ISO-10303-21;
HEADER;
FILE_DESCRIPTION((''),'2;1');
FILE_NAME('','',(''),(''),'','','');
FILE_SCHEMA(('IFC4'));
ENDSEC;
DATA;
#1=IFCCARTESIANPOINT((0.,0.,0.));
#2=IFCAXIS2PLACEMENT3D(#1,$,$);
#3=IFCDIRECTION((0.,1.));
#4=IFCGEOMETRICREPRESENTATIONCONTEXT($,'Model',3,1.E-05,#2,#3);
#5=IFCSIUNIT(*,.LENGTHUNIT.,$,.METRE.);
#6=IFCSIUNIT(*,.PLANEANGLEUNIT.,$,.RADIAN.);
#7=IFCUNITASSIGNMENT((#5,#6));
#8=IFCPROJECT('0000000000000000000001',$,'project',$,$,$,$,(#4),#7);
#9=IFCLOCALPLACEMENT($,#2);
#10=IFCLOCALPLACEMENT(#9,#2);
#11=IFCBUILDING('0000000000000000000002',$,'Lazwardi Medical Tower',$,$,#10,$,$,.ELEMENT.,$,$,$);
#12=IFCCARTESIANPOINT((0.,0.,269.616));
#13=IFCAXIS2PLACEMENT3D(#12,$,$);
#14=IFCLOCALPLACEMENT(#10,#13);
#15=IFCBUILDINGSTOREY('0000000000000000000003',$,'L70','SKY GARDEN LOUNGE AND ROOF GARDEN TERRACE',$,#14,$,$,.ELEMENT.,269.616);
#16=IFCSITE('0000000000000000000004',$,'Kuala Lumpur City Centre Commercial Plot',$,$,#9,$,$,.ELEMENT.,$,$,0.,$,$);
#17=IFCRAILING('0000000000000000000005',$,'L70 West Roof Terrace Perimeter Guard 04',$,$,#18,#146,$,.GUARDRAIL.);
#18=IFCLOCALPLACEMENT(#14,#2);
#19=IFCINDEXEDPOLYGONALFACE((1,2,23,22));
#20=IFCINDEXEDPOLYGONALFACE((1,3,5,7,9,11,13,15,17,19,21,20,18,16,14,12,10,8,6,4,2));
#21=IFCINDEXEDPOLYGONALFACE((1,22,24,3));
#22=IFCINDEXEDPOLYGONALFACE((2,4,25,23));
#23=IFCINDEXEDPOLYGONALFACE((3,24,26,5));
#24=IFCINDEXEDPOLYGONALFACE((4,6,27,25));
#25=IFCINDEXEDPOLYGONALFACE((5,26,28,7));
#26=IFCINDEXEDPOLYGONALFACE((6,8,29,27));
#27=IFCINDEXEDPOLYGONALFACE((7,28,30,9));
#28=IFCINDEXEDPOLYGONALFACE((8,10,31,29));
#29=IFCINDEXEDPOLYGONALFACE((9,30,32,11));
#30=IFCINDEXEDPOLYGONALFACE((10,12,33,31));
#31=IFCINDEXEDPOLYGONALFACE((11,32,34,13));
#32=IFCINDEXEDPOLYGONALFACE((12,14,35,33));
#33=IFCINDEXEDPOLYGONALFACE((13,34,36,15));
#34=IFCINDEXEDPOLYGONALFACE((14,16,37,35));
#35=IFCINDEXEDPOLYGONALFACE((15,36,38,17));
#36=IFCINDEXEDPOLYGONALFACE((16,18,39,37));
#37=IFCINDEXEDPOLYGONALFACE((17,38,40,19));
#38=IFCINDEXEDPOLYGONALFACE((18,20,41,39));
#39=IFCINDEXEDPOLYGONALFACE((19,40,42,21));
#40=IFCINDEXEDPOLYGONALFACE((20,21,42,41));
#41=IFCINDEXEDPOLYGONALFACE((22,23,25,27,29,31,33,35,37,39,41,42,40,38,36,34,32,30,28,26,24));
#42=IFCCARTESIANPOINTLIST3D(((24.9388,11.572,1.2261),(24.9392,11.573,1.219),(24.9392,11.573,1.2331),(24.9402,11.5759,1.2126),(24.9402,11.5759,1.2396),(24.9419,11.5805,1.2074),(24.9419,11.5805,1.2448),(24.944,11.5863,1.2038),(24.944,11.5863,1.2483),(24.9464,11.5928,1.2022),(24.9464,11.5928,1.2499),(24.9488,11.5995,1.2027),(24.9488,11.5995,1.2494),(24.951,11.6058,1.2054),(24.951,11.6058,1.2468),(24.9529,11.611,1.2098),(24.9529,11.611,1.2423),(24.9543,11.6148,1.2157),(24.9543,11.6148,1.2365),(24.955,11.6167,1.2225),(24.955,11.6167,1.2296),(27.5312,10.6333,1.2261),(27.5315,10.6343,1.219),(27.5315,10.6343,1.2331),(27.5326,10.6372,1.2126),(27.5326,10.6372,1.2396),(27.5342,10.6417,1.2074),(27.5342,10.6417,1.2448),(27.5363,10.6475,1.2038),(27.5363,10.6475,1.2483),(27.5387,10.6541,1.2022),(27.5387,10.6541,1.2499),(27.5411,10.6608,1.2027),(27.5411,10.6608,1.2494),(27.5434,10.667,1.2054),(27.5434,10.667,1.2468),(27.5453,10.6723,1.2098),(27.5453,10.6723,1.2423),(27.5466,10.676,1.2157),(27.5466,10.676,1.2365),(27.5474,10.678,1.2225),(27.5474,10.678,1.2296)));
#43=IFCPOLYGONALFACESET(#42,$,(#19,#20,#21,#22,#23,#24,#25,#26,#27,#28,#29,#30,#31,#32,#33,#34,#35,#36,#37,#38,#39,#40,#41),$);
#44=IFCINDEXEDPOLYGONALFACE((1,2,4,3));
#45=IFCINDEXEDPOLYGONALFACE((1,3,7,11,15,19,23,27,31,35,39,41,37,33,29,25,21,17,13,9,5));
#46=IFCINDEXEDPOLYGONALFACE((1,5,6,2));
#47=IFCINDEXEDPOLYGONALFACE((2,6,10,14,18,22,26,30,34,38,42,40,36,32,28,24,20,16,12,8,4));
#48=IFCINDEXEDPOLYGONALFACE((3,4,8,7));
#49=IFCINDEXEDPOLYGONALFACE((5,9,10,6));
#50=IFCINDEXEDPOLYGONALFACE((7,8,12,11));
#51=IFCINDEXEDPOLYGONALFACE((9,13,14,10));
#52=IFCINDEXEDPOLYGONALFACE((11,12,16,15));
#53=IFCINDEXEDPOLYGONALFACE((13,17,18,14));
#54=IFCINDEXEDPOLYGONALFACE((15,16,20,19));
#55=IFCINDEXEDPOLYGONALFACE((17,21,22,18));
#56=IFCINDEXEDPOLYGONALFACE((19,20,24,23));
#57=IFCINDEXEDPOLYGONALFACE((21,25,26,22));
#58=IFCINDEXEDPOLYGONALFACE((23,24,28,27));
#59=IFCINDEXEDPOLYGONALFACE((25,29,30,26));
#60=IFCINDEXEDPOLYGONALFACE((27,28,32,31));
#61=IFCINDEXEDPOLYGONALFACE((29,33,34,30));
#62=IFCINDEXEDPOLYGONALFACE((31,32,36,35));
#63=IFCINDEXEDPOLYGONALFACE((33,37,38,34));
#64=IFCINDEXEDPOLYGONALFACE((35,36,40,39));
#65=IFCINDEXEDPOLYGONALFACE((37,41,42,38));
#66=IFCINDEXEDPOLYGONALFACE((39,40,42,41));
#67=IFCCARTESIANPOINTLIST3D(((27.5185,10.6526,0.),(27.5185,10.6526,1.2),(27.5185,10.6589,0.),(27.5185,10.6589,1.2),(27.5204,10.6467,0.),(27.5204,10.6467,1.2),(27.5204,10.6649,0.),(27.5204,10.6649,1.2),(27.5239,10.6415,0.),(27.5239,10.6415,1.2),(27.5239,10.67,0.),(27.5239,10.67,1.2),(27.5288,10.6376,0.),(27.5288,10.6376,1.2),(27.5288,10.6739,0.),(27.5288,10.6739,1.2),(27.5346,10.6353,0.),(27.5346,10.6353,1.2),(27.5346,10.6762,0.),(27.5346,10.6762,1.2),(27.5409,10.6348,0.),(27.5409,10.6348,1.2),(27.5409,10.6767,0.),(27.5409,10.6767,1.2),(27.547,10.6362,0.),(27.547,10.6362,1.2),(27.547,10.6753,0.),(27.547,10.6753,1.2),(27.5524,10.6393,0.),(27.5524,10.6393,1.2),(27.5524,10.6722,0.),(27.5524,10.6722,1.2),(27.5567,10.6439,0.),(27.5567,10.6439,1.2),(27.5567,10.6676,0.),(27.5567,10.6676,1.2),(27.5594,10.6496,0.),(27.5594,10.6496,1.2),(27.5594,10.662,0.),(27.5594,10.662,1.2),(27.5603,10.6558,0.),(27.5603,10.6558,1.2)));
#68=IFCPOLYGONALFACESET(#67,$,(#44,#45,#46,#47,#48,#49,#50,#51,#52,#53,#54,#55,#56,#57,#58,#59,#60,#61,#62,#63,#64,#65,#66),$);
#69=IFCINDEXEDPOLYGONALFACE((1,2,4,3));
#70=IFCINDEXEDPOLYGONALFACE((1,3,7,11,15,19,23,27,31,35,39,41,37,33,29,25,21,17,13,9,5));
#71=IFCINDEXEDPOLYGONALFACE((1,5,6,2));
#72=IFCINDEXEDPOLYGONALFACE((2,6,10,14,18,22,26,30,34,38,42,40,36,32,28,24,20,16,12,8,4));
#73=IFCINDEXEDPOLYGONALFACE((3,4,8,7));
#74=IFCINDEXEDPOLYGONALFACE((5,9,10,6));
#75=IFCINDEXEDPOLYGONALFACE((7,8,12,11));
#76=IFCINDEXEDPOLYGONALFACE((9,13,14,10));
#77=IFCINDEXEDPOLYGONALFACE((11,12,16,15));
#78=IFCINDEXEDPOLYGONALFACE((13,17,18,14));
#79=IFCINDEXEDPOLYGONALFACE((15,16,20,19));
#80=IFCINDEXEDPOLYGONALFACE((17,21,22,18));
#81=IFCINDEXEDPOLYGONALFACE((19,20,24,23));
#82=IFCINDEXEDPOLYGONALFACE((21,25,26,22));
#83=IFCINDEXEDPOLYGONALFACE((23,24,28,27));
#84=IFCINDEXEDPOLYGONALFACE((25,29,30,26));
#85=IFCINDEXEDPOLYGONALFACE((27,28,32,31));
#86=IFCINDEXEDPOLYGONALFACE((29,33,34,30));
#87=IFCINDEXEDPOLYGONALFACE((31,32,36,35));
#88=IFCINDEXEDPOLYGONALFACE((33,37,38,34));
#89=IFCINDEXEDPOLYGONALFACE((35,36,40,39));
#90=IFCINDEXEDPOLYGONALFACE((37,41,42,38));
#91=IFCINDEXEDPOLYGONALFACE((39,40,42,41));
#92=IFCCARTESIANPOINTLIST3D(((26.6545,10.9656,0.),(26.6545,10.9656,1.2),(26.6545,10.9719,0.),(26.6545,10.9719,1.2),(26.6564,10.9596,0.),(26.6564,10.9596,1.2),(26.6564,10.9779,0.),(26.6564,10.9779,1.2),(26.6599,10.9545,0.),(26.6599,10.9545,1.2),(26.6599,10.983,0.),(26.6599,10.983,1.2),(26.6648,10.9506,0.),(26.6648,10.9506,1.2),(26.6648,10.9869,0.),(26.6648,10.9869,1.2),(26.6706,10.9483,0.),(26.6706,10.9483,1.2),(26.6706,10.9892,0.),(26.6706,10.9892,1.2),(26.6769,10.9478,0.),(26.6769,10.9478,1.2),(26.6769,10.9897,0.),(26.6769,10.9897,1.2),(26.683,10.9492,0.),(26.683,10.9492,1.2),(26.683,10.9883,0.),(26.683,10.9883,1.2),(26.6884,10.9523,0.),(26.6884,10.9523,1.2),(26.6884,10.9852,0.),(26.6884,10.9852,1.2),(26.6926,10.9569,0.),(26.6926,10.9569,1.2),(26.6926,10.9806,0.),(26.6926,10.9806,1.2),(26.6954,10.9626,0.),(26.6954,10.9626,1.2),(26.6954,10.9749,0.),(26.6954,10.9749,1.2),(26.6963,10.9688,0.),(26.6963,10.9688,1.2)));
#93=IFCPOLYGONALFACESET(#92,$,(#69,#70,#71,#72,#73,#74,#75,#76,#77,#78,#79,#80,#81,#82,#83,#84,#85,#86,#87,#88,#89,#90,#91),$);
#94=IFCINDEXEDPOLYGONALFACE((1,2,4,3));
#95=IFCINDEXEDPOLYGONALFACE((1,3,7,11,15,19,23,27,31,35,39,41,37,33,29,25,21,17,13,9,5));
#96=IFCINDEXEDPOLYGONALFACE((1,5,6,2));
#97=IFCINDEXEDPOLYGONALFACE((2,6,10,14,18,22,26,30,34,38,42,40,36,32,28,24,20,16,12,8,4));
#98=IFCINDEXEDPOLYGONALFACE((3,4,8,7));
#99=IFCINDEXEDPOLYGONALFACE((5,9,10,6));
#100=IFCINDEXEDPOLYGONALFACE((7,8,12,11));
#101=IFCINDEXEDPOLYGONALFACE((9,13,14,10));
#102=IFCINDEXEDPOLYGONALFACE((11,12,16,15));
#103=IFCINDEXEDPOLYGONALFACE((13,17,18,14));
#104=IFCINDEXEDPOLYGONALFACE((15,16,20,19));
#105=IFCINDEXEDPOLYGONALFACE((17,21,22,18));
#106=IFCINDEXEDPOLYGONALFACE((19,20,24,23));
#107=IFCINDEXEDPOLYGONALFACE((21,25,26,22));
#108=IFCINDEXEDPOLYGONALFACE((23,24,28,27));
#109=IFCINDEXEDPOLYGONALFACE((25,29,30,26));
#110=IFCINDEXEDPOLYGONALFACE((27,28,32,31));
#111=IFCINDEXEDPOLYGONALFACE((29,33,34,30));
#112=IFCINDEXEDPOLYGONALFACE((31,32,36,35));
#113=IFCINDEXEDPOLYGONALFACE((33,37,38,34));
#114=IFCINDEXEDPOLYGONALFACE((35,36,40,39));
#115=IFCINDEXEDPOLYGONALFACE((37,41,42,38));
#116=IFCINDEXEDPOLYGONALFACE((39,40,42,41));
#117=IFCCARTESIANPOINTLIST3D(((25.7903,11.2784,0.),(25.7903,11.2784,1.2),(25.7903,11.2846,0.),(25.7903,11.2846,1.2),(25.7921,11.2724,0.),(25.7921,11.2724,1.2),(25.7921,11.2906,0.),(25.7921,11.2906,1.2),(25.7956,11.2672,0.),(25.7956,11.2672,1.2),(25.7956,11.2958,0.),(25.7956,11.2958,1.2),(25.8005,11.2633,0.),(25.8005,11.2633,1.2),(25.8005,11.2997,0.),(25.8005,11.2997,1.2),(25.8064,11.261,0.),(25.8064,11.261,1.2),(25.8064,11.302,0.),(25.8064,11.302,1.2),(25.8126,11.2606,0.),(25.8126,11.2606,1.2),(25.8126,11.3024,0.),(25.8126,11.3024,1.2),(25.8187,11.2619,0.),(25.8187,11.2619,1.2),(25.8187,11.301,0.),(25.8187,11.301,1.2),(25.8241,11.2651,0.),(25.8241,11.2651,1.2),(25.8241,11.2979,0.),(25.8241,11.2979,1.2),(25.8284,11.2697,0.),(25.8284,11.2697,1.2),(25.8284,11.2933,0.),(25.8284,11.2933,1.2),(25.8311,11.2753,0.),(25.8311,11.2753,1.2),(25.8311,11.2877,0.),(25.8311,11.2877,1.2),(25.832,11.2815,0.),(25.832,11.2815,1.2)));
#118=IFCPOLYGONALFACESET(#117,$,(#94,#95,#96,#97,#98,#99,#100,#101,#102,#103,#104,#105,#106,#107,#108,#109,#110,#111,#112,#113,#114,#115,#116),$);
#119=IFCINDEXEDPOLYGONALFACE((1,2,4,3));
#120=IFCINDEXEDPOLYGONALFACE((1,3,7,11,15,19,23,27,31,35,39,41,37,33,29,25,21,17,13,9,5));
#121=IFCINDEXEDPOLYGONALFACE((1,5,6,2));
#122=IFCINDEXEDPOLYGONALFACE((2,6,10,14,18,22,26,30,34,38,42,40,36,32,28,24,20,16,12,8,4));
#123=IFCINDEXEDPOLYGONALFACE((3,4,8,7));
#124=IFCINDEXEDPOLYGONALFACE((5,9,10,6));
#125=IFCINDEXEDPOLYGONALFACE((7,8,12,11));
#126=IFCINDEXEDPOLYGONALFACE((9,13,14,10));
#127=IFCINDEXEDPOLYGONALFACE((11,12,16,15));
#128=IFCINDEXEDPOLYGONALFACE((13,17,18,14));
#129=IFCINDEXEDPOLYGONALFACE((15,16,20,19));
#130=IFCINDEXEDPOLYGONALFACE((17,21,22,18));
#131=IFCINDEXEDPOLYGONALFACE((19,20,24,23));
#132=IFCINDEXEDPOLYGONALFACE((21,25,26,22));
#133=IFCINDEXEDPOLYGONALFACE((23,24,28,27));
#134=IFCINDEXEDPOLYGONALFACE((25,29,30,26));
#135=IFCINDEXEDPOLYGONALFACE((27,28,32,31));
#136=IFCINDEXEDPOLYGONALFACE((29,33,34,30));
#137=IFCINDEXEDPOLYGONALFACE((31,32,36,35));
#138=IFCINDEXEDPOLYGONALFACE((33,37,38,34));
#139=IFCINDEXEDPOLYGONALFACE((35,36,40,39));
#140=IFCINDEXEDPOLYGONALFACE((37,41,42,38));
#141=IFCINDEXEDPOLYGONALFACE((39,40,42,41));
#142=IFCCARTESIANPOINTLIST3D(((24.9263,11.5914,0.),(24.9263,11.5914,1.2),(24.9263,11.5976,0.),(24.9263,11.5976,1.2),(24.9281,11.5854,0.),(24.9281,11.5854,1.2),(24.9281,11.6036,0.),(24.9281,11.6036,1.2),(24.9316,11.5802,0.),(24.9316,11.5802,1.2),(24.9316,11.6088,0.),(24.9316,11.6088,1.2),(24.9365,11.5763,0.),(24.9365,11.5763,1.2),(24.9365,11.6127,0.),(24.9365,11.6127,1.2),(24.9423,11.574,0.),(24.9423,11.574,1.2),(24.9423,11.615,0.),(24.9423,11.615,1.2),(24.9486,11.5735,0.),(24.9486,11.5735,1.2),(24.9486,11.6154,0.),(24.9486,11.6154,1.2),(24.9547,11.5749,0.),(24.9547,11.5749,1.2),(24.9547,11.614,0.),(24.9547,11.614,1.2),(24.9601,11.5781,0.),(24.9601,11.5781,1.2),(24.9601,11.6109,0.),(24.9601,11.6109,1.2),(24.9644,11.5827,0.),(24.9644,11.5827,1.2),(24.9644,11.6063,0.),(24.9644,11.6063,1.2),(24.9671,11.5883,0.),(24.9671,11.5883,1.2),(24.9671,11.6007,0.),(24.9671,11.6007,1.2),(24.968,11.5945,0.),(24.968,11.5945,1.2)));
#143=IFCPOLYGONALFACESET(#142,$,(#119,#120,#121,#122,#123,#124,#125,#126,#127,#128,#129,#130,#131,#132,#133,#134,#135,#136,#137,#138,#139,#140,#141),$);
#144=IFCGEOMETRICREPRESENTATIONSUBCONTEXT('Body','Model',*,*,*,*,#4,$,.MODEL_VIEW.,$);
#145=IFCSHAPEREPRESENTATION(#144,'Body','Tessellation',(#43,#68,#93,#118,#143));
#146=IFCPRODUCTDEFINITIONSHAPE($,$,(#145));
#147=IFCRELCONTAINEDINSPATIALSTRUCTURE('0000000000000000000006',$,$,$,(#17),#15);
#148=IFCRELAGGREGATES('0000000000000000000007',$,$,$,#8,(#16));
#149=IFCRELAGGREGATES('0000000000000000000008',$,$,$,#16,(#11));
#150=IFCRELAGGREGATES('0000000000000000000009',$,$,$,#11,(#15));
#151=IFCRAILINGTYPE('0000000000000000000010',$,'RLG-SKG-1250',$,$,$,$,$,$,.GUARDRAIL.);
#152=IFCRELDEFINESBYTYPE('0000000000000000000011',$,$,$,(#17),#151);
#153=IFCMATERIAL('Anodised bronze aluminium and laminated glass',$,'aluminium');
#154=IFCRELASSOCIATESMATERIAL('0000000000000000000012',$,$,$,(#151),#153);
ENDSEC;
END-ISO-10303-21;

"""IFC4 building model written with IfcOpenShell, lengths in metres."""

from ifc_helpers import new_model, si_unit, direction, frame, origin, origin_2d, place, context, subcontext, project, spatial, circle, extrude, material, type_object, element, save


model = new_model("IFC4")

# Units and contexts
model_context = context("Model", 3, precision=1e-05, world=origin(), true_north=direction((0.0, 1.0)))
body_context = subcontext(model_context, "Body", "Model", "MODEL_VIEW")
ifc_project = project(units=[si_unit("LENGTHUNIT", "METRE"), si_unit("PLANEANGLEUNIT", "RADIAN")], contexts=[model_context])

# Site, building, storey
site_placement = place(None, origin())
site = spatial("IfcSite", under=ifc_project, at=site_placement, Name="Kuala Lumpur City Centre Commercial Plot", CompositionType="ELEMENT", RefElevation=0.0)
building_placement = place(site_placement, origin())
building = spatial("IfcBuilding", under=site, at=building_placement, Name="Lazwardi Medical Tower", CompositionType="ELEMENT")
storey_placement = place(building_placement, frame((0.0, 0.0, 269.616)))
storey = spatial("IfcBuildingStorey", under=building, at=storey_placement, Name="L70", Description="SKY GARDEN LOUNGE AND ROOF GARDEN TERRACE", CompositionType="ELEMENT", Elevation=269.616)

# Railing
ifc_material_1 = material(Name="Anodised bronze aluminium and laminated glass", Category="aluminium")
railing_type = type_object("IfcRailingType", Name="RLG-SKG-1250", PredefinedType="GUARDRAIL", material=ifc_material_1)
railing_1_placement = place(storey_placement, frame((27.5393, 10.6558, 0.0)))
element("IfcRailing", 1, at=railing_1_placement, inside=storey, type_object=railing_type, Name="L70 West Roof Terrace Perimeter Guard 04", PredefinedType="GUARDRAIL", context=body_context, shape_type="SweptSolid", body=[
    extrude(circle(Radius=0.0239, at=origin_2d()), frame((0.0, 0.0, 1.2261), z_axis=(-0.94025, 0.340484, 0.0), x_axis=(-0.340484, -0.94025, 0.0)), (0.0, 0.0, 1.0), 2.7571),
    extrude(circle(Radius=0.021, at=origin_2d()), origin(), (0.0, 0.0, 1.0), 1.2),
    extrude(circle(Radius=0.021, at=origin_2d()), frame((-0.864, 0.313, 0.0)), (0.0, 0.0, 1.0), 1.2),
    extrude(circle(Radius=0.021, at=origin_2d()), frame((-1.7283, 0.6257, 0.0)), (0.0, 0.0, 1.0), 1.2),
    extrude(circle(Radius=0.021, at=origin_2d()), frame((-2.5923, 0.9387, 0.0)), (0.0, 0.0, 1.0), 1.2),
])

save(model, "model.ifc")
